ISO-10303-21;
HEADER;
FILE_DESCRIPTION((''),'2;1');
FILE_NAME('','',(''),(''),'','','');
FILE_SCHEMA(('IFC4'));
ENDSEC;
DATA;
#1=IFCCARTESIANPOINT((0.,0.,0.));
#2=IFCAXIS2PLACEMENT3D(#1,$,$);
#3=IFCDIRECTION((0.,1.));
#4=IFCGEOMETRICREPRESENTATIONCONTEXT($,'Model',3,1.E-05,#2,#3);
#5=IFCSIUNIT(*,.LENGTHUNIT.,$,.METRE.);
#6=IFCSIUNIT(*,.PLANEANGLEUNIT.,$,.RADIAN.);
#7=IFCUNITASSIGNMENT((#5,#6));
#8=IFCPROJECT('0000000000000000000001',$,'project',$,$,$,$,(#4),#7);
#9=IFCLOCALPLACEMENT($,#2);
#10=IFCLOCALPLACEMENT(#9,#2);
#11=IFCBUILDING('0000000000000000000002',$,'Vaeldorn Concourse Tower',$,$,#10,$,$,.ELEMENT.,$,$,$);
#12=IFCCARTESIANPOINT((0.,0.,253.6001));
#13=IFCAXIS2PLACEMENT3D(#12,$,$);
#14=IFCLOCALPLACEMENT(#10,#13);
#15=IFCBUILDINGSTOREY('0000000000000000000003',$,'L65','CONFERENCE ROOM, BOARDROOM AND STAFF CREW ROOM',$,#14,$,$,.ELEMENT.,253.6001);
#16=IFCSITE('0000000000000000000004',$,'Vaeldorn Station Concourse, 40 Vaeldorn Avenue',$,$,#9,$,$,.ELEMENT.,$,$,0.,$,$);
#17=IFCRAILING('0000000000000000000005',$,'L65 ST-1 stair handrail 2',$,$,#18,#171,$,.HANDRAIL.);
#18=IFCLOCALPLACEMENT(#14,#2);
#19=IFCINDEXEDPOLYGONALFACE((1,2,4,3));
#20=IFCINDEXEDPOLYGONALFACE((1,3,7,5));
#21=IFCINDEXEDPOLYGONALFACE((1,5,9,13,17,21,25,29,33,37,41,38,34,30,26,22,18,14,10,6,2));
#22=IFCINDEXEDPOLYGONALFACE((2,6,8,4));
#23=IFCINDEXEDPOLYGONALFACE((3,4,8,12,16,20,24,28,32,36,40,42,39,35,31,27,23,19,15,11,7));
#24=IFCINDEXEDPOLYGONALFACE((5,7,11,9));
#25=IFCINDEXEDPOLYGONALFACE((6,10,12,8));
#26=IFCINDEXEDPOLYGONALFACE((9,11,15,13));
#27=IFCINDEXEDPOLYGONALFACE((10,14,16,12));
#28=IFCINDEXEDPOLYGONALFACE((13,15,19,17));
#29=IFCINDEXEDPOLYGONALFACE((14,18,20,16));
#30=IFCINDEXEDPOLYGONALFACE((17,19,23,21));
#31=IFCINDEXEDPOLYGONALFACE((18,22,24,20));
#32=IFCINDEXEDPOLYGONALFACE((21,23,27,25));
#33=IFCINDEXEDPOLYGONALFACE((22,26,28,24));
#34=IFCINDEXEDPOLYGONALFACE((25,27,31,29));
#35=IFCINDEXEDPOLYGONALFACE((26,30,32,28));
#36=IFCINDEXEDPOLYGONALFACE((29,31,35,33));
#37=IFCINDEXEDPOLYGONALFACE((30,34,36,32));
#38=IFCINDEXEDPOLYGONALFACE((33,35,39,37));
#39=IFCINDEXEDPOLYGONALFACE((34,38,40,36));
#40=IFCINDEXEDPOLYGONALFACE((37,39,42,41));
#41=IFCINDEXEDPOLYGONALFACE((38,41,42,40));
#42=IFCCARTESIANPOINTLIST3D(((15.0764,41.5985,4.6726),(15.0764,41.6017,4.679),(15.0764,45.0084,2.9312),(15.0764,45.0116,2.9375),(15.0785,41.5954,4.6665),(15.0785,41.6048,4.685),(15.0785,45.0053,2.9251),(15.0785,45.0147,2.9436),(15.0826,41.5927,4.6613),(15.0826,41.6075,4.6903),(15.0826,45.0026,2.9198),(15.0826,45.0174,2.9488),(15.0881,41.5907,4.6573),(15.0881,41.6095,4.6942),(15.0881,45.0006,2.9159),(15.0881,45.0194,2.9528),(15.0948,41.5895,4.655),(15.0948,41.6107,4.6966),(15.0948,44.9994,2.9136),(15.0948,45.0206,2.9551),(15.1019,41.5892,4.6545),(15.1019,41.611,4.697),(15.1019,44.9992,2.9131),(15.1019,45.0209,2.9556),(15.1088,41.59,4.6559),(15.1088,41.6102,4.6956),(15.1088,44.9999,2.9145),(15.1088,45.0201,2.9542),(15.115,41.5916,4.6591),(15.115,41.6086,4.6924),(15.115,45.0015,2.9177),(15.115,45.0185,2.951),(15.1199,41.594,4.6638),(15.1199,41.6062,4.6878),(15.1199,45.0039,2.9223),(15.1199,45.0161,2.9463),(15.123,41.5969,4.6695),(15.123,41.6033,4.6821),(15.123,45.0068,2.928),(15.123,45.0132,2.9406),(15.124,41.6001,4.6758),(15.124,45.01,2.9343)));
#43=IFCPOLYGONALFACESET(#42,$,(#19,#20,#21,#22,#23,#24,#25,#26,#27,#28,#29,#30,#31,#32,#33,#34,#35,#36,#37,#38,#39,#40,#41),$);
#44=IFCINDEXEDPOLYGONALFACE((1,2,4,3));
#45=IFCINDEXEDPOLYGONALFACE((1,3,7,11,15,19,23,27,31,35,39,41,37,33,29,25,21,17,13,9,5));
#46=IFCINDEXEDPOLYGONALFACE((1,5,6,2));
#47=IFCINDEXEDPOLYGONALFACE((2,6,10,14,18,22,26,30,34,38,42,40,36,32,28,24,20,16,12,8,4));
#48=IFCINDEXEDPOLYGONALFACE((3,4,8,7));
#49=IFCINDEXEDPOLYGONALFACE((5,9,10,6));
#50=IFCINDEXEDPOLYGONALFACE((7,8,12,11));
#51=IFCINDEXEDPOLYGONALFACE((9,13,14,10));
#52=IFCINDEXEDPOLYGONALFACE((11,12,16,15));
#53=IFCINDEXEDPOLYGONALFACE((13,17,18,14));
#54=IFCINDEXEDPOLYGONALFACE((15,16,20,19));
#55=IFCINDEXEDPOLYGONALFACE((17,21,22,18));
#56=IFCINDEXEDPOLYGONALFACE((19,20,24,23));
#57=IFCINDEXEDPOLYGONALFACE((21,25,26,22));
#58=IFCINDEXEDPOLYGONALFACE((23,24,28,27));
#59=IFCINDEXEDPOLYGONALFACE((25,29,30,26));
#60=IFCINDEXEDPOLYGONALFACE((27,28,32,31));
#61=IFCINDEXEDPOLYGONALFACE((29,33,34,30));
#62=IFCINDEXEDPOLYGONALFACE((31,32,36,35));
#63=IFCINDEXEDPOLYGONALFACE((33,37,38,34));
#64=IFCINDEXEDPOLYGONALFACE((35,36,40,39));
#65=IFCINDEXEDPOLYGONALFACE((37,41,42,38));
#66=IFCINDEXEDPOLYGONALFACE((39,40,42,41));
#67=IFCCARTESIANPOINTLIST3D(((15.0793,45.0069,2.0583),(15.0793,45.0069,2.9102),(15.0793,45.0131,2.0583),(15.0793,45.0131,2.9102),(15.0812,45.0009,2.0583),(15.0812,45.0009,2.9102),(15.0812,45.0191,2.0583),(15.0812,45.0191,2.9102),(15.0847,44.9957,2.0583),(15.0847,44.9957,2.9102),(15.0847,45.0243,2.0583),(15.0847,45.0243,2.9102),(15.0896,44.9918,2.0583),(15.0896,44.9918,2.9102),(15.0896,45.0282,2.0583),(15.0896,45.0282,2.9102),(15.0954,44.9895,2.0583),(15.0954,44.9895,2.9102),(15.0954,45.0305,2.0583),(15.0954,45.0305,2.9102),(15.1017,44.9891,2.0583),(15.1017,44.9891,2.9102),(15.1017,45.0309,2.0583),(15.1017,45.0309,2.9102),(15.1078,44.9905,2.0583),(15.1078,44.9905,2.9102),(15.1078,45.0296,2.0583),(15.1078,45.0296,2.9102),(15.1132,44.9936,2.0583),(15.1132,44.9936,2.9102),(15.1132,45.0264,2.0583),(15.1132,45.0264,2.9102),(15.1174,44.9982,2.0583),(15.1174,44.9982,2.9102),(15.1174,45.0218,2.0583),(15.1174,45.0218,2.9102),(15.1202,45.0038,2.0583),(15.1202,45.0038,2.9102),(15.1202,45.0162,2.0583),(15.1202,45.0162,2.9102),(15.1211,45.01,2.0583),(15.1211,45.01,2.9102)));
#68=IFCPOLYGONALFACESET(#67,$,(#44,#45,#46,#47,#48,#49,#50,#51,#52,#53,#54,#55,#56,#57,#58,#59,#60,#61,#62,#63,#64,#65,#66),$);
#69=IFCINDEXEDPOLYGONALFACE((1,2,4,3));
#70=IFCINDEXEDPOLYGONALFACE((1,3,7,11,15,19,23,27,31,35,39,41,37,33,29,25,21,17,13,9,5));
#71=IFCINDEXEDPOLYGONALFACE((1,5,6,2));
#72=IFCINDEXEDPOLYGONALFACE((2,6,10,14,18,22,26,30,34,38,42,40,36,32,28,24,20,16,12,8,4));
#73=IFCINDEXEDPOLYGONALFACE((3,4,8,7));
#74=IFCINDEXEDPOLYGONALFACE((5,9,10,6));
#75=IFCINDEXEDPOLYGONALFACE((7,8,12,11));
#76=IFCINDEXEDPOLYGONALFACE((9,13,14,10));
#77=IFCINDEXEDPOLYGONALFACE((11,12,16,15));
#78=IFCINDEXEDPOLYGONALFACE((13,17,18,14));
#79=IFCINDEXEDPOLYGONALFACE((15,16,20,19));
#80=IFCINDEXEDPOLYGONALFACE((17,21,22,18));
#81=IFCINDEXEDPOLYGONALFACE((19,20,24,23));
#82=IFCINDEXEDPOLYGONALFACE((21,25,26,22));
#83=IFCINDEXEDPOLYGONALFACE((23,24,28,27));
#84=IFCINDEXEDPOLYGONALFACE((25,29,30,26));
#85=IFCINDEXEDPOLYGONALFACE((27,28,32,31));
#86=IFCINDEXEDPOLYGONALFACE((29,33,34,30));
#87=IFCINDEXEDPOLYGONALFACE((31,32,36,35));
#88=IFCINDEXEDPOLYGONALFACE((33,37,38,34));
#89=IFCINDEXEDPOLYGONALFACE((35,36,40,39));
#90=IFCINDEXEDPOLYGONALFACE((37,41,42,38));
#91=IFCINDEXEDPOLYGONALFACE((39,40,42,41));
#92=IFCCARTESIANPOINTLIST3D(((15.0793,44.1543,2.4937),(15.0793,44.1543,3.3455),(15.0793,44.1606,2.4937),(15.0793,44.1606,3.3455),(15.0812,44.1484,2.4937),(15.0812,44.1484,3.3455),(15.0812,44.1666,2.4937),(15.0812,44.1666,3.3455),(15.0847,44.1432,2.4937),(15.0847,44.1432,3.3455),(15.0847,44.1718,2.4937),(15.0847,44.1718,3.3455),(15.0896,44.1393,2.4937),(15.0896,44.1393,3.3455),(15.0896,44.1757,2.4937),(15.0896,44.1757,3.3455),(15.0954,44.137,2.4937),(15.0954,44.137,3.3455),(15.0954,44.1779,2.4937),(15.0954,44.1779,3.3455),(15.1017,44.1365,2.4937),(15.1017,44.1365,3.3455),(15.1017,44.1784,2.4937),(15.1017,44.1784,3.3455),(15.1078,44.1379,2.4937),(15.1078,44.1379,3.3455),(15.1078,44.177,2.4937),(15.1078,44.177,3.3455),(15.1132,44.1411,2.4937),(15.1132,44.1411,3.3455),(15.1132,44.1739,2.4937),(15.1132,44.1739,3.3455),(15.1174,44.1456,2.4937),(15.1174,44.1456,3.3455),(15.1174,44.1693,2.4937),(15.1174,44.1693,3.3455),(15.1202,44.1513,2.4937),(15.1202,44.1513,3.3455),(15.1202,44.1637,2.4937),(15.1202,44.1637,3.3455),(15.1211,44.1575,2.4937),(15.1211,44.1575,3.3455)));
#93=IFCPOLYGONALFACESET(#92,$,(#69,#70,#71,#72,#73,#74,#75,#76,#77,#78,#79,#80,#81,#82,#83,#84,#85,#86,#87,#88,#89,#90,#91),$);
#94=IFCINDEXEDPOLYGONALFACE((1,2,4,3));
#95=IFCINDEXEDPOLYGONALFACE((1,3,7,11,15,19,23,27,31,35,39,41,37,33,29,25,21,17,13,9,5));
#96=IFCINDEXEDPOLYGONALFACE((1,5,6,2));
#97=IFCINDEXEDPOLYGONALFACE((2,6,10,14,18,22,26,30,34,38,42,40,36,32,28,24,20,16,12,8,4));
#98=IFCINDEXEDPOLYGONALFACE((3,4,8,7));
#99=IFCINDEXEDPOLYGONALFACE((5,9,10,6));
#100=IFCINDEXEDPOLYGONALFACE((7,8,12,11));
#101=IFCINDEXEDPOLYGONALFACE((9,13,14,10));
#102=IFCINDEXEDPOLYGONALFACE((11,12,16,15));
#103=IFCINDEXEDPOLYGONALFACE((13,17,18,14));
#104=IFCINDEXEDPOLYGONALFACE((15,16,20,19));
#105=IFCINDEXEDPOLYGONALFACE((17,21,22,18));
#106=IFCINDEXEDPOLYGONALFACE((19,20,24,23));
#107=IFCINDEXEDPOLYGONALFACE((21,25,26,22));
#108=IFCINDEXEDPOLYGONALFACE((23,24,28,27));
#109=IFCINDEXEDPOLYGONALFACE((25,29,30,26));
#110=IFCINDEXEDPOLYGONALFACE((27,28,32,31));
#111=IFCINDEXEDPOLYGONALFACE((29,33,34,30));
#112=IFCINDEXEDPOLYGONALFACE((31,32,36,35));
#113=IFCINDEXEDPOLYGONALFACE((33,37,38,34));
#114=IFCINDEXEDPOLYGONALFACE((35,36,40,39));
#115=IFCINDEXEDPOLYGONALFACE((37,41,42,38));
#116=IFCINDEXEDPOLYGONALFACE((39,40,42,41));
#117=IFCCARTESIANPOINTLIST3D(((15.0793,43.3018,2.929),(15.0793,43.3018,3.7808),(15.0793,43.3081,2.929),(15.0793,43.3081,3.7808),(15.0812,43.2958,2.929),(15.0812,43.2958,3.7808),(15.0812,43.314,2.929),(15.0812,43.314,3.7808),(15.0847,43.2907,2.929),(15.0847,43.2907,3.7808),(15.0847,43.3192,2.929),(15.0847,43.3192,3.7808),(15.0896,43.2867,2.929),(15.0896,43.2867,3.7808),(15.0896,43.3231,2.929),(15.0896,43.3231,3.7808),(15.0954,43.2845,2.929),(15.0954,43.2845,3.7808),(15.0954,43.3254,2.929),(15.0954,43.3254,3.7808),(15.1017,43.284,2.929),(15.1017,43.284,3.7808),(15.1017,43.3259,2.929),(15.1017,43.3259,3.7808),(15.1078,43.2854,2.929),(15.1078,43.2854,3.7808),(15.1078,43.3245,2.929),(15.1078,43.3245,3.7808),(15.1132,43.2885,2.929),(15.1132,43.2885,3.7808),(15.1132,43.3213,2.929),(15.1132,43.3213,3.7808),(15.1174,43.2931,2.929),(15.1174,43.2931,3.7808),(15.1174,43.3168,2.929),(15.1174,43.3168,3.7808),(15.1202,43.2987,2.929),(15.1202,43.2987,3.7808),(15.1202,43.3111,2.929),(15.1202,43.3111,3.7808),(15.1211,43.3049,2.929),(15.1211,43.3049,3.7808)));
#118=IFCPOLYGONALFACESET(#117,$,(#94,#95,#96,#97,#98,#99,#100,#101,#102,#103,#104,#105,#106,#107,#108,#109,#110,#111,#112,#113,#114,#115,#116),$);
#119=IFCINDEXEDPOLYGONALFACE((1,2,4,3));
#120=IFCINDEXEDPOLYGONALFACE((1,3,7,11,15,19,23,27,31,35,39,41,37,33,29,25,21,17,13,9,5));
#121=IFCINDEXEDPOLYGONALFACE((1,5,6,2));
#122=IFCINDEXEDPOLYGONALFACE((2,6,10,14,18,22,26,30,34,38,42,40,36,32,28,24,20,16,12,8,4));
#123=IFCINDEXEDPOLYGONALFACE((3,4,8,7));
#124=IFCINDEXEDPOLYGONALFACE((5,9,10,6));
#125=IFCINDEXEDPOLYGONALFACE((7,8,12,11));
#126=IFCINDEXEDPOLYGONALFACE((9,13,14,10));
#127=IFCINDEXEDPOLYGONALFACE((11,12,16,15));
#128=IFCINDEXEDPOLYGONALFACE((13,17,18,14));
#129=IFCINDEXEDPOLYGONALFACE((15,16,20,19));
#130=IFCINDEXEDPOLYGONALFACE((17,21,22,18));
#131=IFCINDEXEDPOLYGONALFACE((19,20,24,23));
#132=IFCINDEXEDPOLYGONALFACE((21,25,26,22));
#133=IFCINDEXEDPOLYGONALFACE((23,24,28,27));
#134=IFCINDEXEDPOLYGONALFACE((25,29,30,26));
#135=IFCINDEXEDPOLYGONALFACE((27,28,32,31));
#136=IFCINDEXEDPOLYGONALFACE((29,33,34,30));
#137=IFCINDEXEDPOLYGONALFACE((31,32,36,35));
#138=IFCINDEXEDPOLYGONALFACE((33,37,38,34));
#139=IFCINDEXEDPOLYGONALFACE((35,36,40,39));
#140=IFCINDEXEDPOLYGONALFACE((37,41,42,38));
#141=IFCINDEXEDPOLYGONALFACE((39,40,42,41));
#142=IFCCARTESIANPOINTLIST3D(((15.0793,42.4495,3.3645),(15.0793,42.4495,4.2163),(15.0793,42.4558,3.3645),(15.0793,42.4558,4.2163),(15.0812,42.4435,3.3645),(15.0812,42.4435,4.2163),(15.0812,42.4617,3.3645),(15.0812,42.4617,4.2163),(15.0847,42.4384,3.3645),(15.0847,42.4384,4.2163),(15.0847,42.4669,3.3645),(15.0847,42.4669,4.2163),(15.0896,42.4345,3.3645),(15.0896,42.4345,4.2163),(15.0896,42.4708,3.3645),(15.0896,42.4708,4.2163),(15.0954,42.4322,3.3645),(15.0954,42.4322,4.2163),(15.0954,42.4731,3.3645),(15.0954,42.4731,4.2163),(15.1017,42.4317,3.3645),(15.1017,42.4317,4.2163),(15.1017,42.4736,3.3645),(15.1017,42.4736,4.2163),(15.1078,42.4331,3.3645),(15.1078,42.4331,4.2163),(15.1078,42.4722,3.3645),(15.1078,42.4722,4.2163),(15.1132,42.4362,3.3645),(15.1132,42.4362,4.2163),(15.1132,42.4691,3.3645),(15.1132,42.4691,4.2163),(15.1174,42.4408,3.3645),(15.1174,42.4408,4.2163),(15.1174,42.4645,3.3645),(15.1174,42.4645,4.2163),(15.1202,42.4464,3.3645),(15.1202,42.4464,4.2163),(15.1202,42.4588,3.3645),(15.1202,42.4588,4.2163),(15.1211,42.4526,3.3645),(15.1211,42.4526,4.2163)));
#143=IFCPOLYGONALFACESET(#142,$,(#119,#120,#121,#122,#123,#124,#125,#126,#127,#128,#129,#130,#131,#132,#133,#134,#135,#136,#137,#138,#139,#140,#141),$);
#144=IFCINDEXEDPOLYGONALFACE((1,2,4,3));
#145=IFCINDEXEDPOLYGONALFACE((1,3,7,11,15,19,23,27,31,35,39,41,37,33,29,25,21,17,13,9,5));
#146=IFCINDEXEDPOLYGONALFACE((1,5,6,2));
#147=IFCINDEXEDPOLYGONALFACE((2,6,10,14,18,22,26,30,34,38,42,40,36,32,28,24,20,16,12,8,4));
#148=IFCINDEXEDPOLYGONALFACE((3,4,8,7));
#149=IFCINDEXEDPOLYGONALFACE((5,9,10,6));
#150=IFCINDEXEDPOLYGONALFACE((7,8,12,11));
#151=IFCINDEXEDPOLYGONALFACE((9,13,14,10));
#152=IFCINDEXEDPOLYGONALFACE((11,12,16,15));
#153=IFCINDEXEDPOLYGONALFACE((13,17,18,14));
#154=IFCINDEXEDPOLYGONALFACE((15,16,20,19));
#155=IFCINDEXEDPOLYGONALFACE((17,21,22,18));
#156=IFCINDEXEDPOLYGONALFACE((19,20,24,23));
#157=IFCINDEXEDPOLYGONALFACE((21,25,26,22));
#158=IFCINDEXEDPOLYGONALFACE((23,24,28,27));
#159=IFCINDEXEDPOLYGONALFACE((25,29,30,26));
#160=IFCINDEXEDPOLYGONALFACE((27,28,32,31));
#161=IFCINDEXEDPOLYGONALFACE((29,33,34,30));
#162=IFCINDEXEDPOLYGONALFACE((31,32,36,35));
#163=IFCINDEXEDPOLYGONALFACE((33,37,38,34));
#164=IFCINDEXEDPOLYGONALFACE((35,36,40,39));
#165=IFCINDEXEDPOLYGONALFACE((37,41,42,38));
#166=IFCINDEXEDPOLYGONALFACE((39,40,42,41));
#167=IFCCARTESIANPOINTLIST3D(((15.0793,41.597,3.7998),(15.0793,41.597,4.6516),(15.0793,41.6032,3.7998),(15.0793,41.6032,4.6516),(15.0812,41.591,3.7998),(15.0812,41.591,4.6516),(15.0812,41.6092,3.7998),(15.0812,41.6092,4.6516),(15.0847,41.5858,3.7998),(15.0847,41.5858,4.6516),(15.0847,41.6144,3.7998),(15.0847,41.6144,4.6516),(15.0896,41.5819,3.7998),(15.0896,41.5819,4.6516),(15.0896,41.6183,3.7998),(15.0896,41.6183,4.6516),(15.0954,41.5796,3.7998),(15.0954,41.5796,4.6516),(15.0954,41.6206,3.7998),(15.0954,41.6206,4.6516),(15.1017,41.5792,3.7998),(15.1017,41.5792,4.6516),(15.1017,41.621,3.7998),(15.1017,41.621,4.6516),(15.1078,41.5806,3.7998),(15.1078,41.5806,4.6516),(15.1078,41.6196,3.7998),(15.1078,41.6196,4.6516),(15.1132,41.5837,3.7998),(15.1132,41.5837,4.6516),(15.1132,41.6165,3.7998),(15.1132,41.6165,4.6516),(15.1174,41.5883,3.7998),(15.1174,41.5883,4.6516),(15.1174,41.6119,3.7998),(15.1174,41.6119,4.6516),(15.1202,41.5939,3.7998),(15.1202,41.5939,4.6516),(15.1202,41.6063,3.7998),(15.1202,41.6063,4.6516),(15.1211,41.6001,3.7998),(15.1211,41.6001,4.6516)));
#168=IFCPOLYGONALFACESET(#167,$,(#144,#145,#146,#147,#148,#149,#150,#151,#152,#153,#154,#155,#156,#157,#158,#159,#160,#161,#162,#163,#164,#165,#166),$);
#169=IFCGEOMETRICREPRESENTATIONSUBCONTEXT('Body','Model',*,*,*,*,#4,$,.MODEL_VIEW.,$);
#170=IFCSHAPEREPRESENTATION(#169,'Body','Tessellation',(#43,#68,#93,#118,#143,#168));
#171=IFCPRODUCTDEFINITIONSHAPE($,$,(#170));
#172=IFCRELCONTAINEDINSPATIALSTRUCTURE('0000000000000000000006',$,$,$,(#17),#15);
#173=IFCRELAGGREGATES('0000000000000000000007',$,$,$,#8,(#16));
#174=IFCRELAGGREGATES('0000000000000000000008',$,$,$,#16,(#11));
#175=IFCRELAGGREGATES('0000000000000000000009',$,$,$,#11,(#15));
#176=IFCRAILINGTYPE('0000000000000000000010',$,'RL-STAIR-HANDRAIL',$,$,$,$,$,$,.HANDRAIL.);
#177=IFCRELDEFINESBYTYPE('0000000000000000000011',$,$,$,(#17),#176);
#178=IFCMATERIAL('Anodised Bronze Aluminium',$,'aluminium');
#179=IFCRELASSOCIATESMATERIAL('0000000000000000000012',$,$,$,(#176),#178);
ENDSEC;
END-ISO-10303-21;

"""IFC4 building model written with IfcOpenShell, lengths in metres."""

from ifc_helpers import new_model, si_unit, direction, frame, origin, origin_2d, place, context, subcontext, project, spatial, circle, extrude, material, type_object, element, save


model = new_model("IFC4")

# Units and contexts
model_context = context("Model", 3, precision=1e-05, world=origin(), true_north=direction((0.0, 1.0)))
body_context = subcontext(model_context, "Body", "Model", "MODEL_VIEW")
ifc_project = project(units=[si_unit("LENGTHUNIT", "METRE"), si_unit("PLANEANGLEUNIT", "RADIAN")], contexts=[model_context])

# Site, building, storey
site_placement = place(None, origin())
site = spatial("IfcSite", under=ifc_project, at=site_placement, Name="Vaeldorn Station Concourse, 40 Vaeldorn Avenue", CompositionType="ELEMENT", RefElevation=0.0)
building_placement = place(site_placement, origin())
building = spatial("IfcBuilding", under=site, at=building_placement, Name="Vaeldorn Concourse Tower", CompositionType="ELEMENT")
storey_placement = place(building_placement, frame((0.0, 0.0, 253.6001)))
storey = spatial("IfcBuildingStorey", under=building, at=storey_placement, Name="L65", Description="CONFERENCE ROOM, BOARDROOM AND STAFF CREW ROOM", CompositionType="ELEMENT", Elevation=253.6001)

# Shared definitions
ifc_material_1 = material(Name="Anodised Bronze Aluminium", Category="aluminium")

# Railing
railing_type_1 = type_object("IfcRailingType", Name="RL-STAIR-HANDRAIL", PredefinedType="HANDRAIL", material=ifc_material_1)
railing_1_placement = place(storey_placement, frame((15.1001, 45.01, 2.0583)))
element("IfcRailing", 1, at=railing_1_placement, inside=storey, type_object=railing_type_1, Name="L65 ST-1 stair handrail 2", PredefinedType="HANDRAIL", context=body_context, shape_type="SweptSolid", body=[
    extrude(circle(Radius=0.0239, at=origin_2d()), frame((0.0, 0.0, 0.876), z_axis=(0.0, -0.890582, 0.454823), x_axis=(1.0, 0.0, 0.0)), (0.0, 0.0, 1.0), 3.8289),
    extrude(circle(Radius=0.021, at=origin_2d()), origin(), (0.0, 0.0, 1.0), 0.8518),
    extrude(circle(Radius=0.021, at=origin_2d()), frame((0.0, -0.8525, 0.4353)), (0.0, 0.0, 1.0), 0.8518),
    extrude(circle(Radius=0.021, at=origin_2d()), frame((0.0, -1.7051, 0.8706)), (0.0, 0.0, 1.0), 0.8518),
    extrude(circle(Radius=0.021, at=origin_2d()), frame((0.0, -2.5574, 1.3062)), (0.0, 0.0, 1.0), 0.8518),
    extrude(circle(Radius=0.021, at=origin_2d()), frame((0.0, -3.4099, 1.7415)), (0.0, 0.0, 1.0), 0.8518),
])

save(model, "model.ifc")
